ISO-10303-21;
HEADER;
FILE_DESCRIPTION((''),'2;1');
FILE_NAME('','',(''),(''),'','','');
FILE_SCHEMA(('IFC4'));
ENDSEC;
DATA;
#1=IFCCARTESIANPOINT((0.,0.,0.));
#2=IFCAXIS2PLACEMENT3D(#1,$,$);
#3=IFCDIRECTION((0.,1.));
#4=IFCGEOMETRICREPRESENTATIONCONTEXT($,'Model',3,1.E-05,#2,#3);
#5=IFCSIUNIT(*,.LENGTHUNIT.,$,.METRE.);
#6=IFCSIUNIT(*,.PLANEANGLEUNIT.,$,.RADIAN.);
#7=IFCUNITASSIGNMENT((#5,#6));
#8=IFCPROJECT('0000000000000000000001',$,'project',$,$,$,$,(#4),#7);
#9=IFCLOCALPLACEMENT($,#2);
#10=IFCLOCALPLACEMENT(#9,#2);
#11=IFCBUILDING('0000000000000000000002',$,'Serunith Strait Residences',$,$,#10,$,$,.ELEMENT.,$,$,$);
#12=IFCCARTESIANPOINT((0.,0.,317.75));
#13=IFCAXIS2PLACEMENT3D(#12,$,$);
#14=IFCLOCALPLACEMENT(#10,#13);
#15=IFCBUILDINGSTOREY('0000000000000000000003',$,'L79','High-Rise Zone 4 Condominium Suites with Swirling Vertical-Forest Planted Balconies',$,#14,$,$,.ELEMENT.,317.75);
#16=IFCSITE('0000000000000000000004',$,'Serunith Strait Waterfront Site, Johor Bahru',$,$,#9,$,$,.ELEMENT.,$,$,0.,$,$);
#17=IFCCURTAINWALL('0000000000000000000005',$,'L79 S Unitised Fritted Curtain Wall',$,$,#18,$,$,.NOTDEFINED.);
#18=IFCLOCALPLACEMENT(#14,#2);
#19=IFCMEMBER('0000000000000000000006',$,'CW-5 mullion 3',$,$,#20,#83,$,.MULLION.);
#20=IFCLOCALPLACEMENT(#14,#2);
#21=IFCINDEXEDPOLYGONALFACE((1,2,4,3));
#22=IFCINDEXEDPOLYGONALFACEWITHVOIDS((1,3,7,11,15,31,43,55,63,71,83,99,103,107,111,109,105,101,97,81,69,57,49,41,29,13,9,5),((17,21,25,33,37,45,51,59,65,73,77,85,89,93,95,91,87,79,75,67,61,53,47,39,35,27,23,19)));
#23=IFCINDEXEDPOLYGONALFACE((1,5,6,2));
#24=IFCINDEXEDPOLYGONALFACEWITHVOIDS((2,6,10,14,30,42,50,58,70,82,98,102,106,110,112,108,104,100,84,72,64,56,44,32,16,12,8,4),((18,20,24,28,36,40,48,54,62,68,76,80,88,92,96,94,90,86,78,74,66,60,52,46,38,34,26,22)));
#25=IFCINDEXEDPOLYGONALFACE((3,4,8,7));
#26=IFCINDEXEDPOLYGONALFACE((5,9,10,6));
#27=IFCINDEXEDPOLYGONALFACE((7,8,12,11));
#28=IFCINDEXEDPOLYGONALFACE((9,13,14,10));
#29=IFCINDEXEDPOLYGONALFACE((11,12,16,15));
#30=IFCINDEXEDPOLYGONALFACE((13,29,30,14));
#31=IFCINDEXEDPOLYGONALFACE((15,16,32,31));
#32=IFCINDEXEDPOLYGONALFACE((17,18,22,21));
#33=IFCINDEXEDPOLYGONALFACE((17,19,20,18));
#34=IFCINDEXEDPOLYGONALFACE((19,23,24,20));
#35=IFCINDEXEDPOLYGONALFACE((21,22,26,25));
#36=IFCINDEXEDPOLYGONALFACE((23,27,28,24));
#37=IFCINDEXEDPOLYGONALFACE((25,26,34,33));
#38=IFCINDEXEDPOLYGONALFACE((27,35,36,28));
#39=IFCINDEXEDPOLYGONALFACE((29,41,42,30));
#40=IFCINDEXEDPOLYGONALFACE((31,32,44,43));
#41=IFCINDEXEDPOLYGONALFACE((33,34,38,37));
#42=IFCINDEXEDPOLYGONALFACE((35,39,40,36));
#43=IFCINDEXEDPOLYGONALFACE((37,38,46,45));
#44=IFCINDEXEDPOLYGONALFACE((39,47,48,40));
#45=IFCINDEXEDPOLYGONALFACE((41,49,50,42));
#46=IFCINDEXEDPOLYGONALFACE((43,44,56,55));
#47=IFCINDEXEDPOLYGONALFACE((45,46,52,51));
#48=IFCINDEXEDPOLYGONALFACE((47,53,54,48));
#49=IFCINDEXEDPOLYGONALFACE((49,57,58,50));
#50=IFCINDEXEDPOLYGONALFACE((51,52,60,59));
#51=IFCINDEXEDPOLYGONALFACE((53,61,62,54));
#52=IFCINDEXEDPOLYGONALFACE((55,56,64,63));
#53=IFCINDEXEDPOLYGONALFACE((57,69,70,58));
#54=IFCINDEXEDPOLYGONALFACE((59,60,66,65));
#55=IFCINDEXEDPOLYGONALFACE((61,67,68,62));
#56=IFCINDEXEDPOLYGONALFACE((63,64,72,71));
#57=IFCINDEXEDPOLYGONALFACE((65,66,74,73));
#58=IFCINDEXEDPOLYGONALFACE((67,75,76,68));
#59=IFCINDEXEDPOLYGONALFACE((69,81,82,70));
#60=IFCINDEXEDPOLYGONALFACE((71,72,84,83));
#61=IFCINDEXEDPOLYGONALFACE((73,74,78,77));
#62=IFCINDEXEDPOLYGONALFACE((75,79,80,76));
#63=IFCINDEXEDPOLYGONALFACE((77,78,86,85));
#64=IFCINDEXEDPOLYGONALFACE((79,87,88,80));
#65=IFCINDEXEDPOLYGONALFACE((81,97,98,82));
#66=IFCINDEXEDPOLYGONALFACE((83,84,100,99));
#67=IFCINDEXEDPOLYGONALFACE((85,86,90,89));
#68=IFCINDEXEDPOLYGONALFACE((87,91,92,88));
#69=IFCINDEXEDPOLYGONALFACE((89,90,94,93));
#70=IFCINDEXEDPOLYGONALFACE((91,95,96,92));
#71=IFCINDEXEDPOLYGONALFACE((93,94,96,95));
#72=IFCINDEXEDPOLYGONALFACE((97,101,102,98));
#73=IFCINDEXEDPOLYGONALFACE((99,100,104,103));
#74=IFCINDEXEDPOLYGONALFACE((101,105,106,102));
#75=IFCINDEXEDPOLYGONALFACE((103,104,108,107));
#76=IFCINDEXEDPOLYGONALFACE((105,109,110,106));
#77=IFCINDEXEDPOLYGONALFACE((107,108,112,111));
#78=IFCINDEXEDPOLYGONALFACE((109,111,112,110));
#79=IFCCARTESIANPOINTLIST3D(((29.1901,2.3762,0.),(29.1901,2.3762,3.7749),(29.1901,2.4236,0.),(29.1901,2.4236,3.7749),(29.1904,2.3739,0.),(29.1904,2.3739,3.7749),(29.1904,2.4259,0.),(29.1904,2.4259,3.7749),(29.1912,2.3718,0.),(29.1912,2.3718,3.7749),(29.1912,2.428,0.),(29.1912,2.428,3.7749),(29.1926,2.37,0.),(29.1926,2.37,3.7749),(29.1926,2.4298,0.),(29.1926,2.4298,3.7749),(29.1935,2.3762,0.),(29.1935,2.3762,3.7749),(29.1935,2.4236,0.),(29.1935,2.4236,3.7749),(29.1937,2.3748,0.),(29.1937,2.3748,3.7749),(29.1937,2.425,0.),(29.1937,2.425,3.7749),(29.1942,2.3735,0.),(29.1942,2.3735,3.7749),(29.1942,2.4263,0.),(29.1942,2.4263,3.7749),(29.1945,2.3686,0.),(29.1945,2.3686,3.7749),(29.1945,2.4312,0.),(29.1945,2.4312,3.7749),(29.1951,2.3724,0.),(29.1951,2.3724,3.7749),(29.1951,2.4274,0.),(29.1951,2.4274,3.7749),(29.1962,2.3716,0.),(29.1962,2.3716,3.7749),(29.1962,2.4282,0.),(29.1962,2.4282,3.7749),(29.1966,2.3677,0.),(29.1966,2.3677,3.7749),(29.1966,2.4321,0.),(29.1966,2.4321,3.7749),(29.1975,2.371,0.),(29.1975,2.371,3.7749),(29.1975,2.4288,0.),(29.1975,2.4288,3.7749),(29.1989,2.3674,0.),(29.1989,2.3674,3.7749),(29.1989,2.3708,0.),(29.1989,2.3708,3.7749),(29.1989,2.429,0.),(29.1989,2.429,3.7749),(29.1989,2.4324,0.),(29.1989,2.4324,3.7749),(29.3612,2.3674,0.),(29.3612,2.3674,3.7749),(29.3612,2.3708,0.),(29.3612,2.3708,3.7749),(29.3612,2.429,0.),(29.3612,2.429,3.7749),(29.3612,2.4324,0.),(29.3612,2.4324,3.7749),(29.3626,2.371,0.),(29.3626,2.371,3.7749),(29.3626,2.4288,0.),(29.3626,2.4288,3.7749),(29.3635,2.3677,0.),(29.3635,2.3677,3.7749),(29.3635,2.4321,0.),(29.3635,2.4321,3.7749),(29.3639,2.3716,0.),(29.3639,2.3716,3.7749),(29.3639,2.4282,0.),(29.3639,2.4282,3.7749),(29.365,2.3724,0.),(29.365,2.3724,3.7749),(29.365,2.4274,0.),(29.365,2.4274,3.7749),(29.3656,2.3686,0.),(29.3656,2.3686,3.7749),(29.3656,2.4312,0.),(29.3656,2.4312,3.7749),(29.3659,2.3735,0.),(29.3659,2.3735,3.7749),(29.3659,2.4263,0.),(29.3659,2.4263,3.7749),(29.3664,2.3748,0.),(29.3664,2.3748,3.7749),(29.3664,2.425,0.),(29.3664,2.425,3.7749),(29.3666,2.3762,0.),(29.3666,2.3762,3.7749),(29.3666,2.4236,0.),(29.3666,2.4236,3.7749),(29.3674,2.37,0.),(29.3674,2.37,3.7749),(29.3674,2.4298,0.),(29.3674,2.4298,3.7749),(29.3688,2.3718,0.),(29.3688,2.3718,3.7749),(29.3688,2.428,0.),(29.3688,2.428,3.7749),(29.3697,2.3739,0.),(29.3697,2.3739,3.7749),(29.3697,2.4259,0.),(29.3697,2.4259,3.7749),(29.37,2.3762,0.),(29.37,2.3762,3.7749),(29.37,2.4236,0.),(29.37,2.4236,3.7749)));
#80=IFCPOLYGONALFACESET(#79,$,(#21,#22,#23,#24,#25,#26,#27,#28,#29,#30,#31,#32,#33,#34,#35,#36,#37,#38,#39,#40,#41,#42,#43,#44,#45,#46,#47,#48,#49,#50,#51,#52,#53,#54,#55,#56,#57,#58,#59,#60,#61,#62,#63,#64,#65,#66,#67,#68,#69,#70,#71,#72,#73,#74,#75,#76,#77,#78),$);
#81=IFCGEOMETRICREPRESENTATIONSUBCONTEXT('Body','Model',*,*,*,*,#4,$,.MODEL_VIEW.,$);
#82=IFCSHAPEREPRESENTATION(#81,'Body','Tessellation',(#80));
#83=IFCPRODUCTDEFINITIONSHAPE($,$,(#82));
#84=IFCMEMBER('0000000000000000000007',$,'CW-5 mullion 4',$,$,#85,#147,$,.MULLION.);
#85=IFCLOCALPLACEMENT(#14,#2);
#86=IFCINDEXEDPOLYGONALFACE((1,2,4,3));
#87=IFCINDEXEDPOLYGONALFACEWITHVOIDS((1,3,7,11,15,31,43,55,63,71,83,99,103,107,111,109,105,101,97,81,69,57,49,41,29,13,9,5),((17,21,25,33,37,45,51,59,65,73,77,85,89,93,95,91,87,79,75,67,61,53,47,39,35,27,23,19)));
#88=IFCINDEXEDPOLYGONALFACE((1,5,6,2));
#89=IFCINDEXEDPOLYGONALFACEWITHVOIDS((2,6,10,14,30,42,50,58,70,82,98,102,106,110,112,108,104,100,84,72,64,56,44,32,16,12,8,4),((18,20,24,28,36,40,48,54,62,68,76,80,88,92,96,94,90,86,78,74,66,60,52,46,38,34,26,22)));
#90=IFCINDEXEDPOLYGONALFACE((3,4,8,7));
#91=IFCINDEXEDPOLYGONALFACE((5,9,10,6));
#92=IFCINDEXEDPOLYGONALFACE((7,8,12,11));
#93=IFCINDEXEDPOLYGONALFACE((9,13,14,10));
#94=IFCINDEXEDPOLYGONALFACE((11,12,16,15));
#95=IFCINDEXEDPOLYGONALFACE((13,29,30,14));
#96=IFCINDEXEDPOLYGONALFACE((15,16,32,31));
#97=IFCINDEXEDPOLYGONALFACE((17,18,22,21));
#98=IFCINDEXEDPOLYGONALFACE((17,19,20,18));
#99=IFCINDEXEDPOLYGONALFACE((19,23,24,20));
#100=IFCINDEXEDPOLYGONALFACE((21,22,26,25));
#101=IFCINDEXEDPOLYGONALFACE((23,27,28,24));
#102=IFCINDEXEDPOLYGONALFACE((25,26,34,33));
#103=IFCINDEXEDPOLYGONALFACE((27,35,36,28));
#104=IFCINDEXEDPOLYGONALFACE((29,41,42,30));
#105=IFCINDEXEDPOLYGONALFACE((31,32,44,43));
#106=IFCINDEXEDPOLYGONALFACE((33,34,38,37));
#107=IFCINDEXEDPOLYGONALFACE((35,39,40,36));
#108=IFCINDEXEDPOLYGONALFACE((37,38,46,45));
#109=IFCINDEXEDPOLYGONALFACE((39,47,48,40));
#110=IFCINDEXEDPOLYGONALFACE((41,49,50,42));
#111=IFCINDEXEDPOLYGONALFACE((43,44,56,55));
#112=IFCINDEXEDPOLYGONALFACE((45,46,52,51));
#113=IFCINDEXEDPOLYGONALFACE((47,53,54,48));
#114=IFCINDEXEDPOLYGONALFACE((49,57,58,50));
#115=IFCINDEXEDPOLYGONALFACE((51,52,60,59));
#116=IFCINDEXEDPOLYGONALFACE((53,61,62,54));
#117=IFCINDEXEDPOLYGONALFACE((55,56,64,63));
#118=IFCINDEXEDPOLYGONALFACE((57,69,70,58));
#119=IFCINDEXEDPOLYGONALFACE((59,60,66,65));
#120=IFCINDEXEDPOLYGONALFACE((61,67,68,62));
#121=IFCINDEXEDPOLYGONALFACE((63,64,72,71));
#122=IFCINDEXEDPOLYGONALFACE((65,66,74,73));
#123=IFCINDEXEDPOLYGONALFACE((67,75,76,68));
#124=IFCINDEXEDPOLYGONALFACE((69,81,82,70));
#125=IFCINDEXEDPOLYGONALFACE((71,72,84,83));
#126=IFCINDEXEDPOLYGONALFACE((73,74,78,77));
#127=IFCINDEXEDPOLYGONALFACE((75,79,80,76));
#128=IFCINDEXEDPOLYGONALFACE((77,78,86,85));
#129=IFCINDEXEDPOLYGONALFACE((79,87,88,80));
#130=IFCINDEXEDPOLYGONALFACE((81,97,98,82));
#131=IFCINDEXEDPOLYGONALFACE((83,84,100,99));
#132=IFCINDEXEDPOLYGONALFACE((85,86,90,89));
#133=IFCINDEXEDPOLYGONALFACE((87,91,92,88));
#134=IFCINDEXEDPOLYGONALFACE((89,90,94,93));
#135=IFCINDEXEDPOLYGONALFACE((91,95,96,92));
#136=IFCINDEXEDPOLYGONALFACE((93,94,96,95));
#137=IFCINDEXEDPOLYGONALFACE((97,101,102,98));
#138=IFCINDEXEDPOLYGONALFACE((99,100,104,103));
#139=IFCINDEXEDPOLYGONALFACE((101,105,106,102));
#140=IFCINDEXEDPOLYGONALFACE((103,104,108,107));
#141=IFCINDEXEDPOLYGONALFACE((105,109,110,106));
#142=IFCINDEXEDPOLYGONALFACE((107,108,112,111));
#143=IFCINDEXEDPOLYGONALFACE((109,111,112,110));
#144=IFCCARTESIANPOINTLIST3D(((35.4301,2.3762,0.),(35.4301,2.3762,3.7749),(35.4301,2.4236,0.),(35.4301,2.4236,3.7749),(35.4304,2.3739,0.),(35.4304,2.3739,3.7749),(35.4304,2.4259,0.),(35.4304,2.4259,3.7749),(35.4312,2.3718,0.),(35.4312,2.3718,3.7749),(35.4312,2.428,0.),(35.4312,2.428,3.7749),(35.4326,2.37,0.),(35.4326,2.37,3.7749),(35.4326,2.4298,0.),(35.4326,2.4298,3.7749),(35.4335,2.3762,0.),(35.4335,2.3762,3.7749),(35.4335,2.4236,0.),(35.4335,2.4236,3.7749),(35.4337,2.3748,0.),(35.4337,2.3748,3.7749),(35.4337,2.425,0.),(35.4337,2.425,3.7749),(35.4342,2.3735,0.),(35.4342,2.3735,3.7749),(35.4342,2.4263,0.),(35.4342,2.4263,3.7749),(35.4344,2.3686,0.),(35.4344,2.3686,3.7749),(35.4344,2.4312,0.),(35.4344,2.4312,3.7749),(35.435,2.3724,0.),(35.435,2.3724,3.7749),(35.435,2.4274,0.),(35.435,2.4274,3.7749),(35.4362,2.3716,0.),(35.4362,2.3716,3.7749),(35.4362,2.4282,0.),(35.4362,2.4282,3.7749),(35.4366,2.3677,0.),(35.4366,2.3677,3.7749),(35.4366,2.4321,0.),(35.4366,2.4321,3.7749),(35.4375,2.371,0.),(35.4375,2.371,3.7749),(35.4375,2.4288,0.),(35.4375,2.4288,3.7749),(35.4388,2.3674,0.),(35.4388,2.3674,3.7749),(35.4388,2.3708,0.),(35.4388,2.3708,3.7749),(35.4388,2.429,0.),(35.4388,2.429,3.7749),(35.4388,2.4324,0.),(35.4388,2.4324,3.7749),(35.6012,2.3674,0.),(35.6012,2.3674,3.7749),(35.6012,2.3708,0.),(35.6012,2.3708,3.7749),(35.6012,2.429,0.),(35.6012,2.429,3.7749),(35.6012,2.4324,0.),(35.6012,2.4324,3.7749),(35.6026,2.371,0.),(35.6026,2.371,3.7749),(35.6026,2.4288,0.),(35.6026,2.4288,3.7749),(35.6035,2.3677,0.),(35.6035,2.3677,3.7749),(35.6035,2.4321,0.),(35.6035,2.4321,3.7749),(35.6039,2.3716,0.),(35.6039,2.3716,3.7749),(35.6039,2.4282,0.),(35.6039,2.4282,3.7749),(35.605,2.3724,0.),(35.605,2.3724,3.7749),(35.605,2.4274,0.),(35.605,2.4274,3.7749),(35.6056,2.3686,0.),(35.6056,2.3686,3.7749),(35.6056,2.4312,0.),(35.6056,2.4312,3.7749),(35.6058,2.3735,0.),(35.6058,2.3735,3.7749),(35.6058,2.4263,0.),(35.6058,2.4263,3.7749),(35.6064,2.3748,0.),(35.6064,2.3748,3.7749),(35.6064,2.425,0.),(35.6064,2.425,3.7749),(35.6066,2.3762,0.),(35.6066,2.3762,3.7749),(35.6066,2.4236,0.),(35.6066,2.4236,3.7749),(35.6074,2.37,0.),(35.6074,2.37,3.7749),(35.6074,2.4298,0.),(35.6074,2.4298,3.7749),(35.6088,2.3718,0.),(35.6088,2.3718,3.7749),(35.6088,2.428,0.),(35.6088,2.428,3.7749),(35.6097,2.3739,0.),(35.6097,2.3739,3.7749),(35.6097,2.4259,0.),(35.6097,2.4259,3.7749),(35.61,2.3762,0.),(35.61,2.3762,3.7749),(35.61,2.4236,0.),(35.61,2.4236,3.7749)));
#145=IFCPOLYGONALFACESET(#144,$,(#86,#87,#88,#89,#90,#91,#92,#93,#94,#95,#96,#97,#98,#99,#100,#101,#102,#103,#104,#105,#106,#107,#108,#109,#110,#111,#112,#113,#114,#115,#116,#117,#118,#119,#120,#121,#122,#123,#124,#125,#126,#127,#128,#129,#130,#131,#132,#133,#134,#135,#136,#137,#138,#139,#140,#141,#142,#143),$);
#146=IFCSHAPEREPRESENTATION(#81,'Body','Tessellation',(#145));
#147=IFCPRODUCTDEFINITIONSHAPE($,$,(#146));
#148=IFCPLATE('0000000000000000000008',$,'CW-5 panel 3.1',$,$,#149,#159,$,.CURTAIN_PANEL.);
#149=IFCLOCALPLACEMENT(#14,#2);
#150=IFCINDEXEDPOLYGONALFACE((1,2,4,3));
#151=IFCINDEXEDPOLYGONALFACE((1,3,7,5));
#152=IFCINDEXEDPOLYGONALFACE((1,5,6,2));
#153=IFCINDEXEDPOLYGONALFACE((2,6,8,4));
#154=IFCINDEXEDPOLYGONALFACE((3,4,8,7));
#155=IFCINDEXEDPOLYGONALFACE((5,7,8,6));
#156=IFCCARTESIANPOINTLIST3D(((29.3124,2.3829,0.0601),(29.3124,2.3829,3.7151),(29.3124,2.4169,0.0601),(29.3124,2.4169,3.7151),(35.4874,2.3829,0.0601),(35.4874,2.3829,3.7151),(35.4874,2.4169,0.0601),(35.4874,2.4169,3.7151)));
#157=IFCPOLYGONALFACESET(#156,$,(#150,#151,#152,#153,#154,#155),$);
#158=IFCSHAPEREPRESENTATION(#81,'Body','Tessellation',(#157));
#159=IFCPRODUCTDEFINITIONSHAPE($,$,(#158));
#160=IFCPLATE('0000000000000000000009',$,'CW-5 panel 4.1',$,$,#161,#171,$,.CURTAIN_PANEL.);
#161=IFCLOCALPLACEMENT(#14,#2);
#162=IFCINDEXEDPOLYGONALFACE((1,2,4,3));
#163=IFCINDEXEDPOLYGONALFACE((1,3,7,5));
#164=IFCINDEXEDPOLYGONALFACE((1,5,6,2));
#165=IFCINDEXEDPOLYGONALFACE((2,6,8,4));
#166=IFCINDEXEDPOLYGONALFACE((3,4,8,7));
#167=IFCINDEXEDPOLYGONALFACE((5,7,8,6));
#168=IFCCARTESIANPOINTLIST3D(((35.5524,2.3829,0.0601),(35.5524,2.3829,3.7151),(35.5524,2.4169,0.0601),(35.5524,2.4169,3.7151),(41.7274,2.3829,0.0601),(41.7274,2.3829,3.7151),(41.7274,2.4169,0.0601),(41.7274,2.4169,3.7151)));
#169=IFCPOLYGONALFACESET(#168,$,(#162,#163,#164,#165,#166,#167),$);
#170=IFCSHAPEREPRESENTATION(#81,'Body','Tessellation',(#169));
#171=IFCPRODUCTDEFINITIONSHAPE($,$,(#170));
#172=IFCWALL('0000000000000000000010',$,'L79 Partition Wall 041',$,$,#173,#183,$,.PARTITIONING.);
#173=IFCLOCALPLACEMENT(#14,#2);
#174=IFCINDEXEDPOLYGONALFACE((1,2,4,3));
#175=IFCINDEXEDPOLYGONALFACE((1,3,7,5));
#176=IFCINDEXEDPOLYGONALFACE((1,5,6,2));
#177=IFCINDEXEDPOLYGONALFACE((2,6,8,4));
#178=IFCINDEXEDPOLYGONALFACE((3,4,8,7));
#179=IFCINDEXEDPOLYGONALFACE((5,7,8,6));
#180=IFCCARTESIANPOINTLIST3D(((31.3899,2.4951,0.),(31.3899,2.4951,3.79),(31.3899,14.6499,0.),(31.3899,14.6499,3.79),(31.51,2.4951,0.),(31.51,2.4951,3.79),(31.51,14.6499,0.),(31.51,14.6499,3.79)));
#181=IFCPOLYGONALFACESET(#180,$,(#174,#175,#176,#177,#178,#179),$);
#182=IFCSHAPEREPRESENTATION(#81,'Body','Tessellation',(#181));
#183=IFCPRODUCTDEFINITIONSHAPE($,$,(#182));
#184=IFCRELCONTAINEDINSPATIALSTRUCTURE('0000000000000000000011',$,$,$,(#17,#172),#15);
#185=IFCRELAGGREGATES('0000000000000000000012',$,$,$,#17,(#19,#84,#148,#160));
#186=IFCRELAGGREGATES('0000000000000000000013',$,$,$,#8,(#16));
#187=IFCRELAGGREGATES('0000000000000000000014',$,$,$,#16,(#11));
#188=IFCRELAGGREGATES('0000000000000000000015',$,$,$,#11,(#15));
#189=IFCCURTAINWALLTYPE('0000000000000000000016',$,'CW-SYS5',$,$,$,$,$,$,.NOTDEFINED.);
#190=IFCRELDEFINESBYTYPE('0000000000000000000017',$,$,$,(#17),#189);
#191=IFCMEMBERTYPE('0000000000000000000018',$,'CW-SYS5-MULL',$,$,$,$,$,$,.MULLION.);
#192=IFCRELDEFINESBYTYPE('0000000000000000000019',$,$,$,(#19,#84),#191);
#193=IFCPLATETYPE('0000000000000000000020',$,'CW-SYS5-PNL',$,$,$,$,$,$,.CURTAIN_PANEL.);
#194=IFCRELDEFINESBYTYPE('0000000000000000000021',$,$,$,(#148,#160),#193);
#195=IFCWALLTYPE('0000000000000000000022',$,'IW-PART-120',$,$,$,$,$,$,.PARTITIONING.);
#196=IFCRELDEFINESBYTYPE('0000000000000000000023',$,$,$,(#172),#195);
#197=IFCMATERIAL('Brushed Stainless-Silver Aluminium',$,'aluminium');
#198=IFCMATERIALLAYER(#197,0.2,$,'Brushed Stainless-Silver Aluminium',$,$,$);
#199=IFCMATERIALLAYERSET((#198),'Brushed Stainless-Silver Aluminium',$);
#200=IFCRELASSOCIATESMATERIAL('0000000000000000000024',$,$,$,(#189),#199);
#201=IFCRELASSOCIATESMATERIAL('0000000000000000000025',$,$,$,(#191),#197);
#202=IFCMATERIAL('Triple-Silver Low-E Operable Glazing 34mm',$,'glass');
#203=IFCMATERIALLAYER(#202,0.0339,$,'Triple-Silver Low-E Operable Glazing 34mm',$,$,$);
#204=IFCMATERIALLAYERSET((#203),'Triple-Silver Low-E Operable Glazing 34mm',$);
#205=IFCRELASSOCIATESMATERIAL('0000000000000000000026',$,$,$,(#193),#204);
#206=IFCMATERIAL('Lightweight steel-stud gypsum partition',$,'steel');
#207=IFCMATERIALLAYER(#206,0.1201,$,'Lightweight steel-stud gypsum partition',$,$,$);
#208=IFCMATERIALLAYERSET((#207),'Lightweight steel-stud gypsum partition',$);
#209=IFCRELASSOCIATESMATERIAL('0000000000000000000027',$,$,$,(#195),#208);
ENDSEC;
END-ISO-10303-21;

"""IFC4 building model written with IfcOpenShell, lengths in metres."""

from ifc_helpers import new_model, si_unit, direction, frame, frame_2d, origin, origin_2d, place, context, subcontext, project, spatial, rectangle, hollow_rectangle, extrude, source, transform, mapped, material, layer, layer_set, material_profile, profile_set, type_object, element, aggregate, save


model = new_model("IFC4")

# Units and contexts
model_context = context("Model", 3, precision=1e-05, world=origin(), true_north=direction((0.0, 1.0)))
body_context = subcontext(model_context, "Body", "Model", "MODEL_VIEW")
ifc_project = project(units=[si_unit("LENGTHUNIT", "METRE"), si_unit("PLANEANGLEUNIT", "RADIAN")], contexts=[model_context])

# Site, building, storey
site_placement = place(None, origin())
site = spatial("IfcSite", under=ifc_project, at=site_placement, Name="Serunith Strait Waterfront Site, Johor Bahru", CompositionType="ELEMENT", RefElevation=0.0)
building_placement = place(site_placement, origin())
building = spatial("IfcBuilding", under=site, at=building_placement, Name="Serunith Strait Residences", CompositionType="ELEMENT")
storey_placement = place(building_placement, frame((0.0, 0.0, 317.75)))
storey = spatial("IfcBuildingStorey", under=building, at=storey_placement, Name="L79", Description="High-Rise Zone 4 Condominium Suites with Swirling Vertical-Forest Planted Balconies", CompositionType="ELEMENT", Elevation=317.75)

# Curtain wall, members, plates
ifc_material_1 = material(Name="Brushed Stainless-Silver Aluminium", Category="aluminium")
ifc_layer_1 = layer(ifc_material_1, 0.2, Name="Brushed Stainless-Silver Aluminium")
ifc_layer_set_1 = layer_set([ifc_layer_1], Name="Brushed Stainless-Silver Aluminium")
curtain_wall_type = type_object("IfcCurtainWallType", Name="CW-SYS5", PredefinedType="NOTDEFINED", material=ifc_layer_set_1)
curtain_wall_placement = place(storey_placement, origin())
curtain_wall = element("IfcCurtainWall", 1, at=curtain_wall_placement, inside=storey, type_object=curtain_wall_type, Name="L79 S Unitised Fritted Curtain Wall", PredefinedType="NOTDEFINED")
ifc_material_profile_1 = material_profile(ifc_material_1, hollow_rectangle(XDim=0.0649, YDim=0.1799, WallThickness=0.0034, InnerFilletRadius=0.0054, OuterFilletRadius=0.0088, at=origin_2d()), Name="ALU 180x65x3.5")
ifc_profile_set_1 = profile_set([ifc_material_profile_1], Name="Brushed Stainless-Silver Aluminium")
member_type_1 = type_object("IfcMemberType", Name="CW-SYS5-MULL", PredefinedType="MULLION", material=ifc_profile_set_1)
shared_shape_1 = source(origin(), body_context, "Body", "SweptSolid", [
    extrude(hollow_rectangle(XDim=0.0649, YDim=0.1799, WallThickness=0.0034, InnerFilletRadius=0.0054, OuterFilletRadius=0.0088, at=origin_2d()), origin(), (0.0, 0.0, 1.0), 3.7749),
])
member_1_placement = place(storey_placement, frame((29.28, 2.3999, 0.0), z_axis=(0.0, 0.0, 1.0), x_axis=(0.0, 1.0, 0.0)))
member_1 = element("IfcMember", 2, at=member_1_placement, type_object=member_type_1, Name="CW-5 mullion 3", PredefinedType="MULLION", context=body_context, shape_type="MappedRepresentation", body=[
    mapped(shared_shape_1, transform((0.0, 0.0, 0.0), scale=1.0)),
])
member_2_placement = place(storey_placement, frame((35.52, 2.3999, 0.0), z_axis=(0.0, 0.0, 1.0), x_axis=(0.0, 1.0, 0.0)))
member_2 = element("IfcMember", 3, at=member_2_placement, type_object=member_type_1, Name="CW-5 mullion 4", PredefinedType="MULLION", context=body_context, shape_type="MappedRepresentation", body=[
    mapped(shared_shape_1, transform((0.0, 0.0, 0.0), scale=1.0)),
])
ifc_material_2 = material(Name="Triple-Silver Low-E Operable Glazing 34mm", Category="glass")
ifc_layer_2 = layer(ifc_material_2, 0.0339, Name="Triple-Silver Low-E Operable Glazing 34mm")
ifc_layer_set_2 = layer_set([ifc_layer_2], Name="Triple-Silver Low-E Operable Glazing 34mm")
plate_type = type_object("IfcPlateType", Name="CW-SYS5-PNL", PredefinedType="CURTAIN_PANEL", material=ifc_layer_set_2)
shared_shape_2 = source(origin(), body_context, "Body", "SweptSolid", [
    extrude(rectangle(XDim=6.175, YDim=0.0339, at=origin_2d()), origin(), (0.0, 0.0, 1.0), 3.655),
])
plate_1_placement = place(storey_placement, frame((32.3999, 2.3999, 0.0601), z_axis=(0.0, 0.0, 1.0), x_axis=(1.0, 0.0, 0.0)))
plate_1 = element("IfcPlate", 4, at=plate_1_placement, type_object=plate_type, Name="CW-5 panel 3.1", PredefinedType="CURTAIN_PANEL", context=body_context, shape_type="MappedRepresentation", body=[
    mapped(shared_shape_2, transform((0.0, 0.0, 0.0), scale=1.0)),
])
plate_2_placement = place(storey_placement, frame((38.6399, 2.3999, 0.0601), z_axis=(0.0, 0.0, 1.0), x_axis=(1.0, 0.0, 0.0)))
plate_2 = element("IfcPlate", 5, at=plate_2_placement, type_object=plate_type, Name="CW-5 panel 4.1", PredefinedType="CURTAIN_PANEL", context=body_context, shape_type="MappedRepresentation", body=[
    mapped(shared_shape_2, transform((0.0, 0.0, 0.0), scale=1.0)),
])
aggregate(curtain_wall, [member_1, member_2, plate_1, plate_2])

# Wall
ifc_material_3 = material(Name="Lightweight steel-stud gypsum partition", Category="steel")
ifc_layer_3 = layer(ifc_material_3, 0.1201, Name="Lightweight steel-stud gypsum partition")
ifc_layer_set_3 = layer_set([ifc_layer_3], Name="Lightweight steel-stud gypsum partition")
wall_type = type_object("IfcWallType", Name="IW-PART-120", PredefinedType="PARTITIONING", material=ifc_layer_set_3)
wall_1_placement = place(storey_placement, frame((31.45, 2.4951, 0.0), z_axis=(0.0, 0.0, 1.0), x_axis=(0.0, 1.0, 0.0)))
element("IfcWall", 6, at=wall_1_placement, inside=storey, type_object=wall_type, Name="L79 Partition Wall 041", PredefinedType="PARTITIONING", context=body_context, shape_type="SweptSolid", body=[
    extrude(rectangle(XDim=12.1548, YDim=0.1201, at=frame_2d((6.0774, 0.0))), origin(), (0.0, 0.0, 1.0), 3.79),
])

save(model, "model.ifc")
